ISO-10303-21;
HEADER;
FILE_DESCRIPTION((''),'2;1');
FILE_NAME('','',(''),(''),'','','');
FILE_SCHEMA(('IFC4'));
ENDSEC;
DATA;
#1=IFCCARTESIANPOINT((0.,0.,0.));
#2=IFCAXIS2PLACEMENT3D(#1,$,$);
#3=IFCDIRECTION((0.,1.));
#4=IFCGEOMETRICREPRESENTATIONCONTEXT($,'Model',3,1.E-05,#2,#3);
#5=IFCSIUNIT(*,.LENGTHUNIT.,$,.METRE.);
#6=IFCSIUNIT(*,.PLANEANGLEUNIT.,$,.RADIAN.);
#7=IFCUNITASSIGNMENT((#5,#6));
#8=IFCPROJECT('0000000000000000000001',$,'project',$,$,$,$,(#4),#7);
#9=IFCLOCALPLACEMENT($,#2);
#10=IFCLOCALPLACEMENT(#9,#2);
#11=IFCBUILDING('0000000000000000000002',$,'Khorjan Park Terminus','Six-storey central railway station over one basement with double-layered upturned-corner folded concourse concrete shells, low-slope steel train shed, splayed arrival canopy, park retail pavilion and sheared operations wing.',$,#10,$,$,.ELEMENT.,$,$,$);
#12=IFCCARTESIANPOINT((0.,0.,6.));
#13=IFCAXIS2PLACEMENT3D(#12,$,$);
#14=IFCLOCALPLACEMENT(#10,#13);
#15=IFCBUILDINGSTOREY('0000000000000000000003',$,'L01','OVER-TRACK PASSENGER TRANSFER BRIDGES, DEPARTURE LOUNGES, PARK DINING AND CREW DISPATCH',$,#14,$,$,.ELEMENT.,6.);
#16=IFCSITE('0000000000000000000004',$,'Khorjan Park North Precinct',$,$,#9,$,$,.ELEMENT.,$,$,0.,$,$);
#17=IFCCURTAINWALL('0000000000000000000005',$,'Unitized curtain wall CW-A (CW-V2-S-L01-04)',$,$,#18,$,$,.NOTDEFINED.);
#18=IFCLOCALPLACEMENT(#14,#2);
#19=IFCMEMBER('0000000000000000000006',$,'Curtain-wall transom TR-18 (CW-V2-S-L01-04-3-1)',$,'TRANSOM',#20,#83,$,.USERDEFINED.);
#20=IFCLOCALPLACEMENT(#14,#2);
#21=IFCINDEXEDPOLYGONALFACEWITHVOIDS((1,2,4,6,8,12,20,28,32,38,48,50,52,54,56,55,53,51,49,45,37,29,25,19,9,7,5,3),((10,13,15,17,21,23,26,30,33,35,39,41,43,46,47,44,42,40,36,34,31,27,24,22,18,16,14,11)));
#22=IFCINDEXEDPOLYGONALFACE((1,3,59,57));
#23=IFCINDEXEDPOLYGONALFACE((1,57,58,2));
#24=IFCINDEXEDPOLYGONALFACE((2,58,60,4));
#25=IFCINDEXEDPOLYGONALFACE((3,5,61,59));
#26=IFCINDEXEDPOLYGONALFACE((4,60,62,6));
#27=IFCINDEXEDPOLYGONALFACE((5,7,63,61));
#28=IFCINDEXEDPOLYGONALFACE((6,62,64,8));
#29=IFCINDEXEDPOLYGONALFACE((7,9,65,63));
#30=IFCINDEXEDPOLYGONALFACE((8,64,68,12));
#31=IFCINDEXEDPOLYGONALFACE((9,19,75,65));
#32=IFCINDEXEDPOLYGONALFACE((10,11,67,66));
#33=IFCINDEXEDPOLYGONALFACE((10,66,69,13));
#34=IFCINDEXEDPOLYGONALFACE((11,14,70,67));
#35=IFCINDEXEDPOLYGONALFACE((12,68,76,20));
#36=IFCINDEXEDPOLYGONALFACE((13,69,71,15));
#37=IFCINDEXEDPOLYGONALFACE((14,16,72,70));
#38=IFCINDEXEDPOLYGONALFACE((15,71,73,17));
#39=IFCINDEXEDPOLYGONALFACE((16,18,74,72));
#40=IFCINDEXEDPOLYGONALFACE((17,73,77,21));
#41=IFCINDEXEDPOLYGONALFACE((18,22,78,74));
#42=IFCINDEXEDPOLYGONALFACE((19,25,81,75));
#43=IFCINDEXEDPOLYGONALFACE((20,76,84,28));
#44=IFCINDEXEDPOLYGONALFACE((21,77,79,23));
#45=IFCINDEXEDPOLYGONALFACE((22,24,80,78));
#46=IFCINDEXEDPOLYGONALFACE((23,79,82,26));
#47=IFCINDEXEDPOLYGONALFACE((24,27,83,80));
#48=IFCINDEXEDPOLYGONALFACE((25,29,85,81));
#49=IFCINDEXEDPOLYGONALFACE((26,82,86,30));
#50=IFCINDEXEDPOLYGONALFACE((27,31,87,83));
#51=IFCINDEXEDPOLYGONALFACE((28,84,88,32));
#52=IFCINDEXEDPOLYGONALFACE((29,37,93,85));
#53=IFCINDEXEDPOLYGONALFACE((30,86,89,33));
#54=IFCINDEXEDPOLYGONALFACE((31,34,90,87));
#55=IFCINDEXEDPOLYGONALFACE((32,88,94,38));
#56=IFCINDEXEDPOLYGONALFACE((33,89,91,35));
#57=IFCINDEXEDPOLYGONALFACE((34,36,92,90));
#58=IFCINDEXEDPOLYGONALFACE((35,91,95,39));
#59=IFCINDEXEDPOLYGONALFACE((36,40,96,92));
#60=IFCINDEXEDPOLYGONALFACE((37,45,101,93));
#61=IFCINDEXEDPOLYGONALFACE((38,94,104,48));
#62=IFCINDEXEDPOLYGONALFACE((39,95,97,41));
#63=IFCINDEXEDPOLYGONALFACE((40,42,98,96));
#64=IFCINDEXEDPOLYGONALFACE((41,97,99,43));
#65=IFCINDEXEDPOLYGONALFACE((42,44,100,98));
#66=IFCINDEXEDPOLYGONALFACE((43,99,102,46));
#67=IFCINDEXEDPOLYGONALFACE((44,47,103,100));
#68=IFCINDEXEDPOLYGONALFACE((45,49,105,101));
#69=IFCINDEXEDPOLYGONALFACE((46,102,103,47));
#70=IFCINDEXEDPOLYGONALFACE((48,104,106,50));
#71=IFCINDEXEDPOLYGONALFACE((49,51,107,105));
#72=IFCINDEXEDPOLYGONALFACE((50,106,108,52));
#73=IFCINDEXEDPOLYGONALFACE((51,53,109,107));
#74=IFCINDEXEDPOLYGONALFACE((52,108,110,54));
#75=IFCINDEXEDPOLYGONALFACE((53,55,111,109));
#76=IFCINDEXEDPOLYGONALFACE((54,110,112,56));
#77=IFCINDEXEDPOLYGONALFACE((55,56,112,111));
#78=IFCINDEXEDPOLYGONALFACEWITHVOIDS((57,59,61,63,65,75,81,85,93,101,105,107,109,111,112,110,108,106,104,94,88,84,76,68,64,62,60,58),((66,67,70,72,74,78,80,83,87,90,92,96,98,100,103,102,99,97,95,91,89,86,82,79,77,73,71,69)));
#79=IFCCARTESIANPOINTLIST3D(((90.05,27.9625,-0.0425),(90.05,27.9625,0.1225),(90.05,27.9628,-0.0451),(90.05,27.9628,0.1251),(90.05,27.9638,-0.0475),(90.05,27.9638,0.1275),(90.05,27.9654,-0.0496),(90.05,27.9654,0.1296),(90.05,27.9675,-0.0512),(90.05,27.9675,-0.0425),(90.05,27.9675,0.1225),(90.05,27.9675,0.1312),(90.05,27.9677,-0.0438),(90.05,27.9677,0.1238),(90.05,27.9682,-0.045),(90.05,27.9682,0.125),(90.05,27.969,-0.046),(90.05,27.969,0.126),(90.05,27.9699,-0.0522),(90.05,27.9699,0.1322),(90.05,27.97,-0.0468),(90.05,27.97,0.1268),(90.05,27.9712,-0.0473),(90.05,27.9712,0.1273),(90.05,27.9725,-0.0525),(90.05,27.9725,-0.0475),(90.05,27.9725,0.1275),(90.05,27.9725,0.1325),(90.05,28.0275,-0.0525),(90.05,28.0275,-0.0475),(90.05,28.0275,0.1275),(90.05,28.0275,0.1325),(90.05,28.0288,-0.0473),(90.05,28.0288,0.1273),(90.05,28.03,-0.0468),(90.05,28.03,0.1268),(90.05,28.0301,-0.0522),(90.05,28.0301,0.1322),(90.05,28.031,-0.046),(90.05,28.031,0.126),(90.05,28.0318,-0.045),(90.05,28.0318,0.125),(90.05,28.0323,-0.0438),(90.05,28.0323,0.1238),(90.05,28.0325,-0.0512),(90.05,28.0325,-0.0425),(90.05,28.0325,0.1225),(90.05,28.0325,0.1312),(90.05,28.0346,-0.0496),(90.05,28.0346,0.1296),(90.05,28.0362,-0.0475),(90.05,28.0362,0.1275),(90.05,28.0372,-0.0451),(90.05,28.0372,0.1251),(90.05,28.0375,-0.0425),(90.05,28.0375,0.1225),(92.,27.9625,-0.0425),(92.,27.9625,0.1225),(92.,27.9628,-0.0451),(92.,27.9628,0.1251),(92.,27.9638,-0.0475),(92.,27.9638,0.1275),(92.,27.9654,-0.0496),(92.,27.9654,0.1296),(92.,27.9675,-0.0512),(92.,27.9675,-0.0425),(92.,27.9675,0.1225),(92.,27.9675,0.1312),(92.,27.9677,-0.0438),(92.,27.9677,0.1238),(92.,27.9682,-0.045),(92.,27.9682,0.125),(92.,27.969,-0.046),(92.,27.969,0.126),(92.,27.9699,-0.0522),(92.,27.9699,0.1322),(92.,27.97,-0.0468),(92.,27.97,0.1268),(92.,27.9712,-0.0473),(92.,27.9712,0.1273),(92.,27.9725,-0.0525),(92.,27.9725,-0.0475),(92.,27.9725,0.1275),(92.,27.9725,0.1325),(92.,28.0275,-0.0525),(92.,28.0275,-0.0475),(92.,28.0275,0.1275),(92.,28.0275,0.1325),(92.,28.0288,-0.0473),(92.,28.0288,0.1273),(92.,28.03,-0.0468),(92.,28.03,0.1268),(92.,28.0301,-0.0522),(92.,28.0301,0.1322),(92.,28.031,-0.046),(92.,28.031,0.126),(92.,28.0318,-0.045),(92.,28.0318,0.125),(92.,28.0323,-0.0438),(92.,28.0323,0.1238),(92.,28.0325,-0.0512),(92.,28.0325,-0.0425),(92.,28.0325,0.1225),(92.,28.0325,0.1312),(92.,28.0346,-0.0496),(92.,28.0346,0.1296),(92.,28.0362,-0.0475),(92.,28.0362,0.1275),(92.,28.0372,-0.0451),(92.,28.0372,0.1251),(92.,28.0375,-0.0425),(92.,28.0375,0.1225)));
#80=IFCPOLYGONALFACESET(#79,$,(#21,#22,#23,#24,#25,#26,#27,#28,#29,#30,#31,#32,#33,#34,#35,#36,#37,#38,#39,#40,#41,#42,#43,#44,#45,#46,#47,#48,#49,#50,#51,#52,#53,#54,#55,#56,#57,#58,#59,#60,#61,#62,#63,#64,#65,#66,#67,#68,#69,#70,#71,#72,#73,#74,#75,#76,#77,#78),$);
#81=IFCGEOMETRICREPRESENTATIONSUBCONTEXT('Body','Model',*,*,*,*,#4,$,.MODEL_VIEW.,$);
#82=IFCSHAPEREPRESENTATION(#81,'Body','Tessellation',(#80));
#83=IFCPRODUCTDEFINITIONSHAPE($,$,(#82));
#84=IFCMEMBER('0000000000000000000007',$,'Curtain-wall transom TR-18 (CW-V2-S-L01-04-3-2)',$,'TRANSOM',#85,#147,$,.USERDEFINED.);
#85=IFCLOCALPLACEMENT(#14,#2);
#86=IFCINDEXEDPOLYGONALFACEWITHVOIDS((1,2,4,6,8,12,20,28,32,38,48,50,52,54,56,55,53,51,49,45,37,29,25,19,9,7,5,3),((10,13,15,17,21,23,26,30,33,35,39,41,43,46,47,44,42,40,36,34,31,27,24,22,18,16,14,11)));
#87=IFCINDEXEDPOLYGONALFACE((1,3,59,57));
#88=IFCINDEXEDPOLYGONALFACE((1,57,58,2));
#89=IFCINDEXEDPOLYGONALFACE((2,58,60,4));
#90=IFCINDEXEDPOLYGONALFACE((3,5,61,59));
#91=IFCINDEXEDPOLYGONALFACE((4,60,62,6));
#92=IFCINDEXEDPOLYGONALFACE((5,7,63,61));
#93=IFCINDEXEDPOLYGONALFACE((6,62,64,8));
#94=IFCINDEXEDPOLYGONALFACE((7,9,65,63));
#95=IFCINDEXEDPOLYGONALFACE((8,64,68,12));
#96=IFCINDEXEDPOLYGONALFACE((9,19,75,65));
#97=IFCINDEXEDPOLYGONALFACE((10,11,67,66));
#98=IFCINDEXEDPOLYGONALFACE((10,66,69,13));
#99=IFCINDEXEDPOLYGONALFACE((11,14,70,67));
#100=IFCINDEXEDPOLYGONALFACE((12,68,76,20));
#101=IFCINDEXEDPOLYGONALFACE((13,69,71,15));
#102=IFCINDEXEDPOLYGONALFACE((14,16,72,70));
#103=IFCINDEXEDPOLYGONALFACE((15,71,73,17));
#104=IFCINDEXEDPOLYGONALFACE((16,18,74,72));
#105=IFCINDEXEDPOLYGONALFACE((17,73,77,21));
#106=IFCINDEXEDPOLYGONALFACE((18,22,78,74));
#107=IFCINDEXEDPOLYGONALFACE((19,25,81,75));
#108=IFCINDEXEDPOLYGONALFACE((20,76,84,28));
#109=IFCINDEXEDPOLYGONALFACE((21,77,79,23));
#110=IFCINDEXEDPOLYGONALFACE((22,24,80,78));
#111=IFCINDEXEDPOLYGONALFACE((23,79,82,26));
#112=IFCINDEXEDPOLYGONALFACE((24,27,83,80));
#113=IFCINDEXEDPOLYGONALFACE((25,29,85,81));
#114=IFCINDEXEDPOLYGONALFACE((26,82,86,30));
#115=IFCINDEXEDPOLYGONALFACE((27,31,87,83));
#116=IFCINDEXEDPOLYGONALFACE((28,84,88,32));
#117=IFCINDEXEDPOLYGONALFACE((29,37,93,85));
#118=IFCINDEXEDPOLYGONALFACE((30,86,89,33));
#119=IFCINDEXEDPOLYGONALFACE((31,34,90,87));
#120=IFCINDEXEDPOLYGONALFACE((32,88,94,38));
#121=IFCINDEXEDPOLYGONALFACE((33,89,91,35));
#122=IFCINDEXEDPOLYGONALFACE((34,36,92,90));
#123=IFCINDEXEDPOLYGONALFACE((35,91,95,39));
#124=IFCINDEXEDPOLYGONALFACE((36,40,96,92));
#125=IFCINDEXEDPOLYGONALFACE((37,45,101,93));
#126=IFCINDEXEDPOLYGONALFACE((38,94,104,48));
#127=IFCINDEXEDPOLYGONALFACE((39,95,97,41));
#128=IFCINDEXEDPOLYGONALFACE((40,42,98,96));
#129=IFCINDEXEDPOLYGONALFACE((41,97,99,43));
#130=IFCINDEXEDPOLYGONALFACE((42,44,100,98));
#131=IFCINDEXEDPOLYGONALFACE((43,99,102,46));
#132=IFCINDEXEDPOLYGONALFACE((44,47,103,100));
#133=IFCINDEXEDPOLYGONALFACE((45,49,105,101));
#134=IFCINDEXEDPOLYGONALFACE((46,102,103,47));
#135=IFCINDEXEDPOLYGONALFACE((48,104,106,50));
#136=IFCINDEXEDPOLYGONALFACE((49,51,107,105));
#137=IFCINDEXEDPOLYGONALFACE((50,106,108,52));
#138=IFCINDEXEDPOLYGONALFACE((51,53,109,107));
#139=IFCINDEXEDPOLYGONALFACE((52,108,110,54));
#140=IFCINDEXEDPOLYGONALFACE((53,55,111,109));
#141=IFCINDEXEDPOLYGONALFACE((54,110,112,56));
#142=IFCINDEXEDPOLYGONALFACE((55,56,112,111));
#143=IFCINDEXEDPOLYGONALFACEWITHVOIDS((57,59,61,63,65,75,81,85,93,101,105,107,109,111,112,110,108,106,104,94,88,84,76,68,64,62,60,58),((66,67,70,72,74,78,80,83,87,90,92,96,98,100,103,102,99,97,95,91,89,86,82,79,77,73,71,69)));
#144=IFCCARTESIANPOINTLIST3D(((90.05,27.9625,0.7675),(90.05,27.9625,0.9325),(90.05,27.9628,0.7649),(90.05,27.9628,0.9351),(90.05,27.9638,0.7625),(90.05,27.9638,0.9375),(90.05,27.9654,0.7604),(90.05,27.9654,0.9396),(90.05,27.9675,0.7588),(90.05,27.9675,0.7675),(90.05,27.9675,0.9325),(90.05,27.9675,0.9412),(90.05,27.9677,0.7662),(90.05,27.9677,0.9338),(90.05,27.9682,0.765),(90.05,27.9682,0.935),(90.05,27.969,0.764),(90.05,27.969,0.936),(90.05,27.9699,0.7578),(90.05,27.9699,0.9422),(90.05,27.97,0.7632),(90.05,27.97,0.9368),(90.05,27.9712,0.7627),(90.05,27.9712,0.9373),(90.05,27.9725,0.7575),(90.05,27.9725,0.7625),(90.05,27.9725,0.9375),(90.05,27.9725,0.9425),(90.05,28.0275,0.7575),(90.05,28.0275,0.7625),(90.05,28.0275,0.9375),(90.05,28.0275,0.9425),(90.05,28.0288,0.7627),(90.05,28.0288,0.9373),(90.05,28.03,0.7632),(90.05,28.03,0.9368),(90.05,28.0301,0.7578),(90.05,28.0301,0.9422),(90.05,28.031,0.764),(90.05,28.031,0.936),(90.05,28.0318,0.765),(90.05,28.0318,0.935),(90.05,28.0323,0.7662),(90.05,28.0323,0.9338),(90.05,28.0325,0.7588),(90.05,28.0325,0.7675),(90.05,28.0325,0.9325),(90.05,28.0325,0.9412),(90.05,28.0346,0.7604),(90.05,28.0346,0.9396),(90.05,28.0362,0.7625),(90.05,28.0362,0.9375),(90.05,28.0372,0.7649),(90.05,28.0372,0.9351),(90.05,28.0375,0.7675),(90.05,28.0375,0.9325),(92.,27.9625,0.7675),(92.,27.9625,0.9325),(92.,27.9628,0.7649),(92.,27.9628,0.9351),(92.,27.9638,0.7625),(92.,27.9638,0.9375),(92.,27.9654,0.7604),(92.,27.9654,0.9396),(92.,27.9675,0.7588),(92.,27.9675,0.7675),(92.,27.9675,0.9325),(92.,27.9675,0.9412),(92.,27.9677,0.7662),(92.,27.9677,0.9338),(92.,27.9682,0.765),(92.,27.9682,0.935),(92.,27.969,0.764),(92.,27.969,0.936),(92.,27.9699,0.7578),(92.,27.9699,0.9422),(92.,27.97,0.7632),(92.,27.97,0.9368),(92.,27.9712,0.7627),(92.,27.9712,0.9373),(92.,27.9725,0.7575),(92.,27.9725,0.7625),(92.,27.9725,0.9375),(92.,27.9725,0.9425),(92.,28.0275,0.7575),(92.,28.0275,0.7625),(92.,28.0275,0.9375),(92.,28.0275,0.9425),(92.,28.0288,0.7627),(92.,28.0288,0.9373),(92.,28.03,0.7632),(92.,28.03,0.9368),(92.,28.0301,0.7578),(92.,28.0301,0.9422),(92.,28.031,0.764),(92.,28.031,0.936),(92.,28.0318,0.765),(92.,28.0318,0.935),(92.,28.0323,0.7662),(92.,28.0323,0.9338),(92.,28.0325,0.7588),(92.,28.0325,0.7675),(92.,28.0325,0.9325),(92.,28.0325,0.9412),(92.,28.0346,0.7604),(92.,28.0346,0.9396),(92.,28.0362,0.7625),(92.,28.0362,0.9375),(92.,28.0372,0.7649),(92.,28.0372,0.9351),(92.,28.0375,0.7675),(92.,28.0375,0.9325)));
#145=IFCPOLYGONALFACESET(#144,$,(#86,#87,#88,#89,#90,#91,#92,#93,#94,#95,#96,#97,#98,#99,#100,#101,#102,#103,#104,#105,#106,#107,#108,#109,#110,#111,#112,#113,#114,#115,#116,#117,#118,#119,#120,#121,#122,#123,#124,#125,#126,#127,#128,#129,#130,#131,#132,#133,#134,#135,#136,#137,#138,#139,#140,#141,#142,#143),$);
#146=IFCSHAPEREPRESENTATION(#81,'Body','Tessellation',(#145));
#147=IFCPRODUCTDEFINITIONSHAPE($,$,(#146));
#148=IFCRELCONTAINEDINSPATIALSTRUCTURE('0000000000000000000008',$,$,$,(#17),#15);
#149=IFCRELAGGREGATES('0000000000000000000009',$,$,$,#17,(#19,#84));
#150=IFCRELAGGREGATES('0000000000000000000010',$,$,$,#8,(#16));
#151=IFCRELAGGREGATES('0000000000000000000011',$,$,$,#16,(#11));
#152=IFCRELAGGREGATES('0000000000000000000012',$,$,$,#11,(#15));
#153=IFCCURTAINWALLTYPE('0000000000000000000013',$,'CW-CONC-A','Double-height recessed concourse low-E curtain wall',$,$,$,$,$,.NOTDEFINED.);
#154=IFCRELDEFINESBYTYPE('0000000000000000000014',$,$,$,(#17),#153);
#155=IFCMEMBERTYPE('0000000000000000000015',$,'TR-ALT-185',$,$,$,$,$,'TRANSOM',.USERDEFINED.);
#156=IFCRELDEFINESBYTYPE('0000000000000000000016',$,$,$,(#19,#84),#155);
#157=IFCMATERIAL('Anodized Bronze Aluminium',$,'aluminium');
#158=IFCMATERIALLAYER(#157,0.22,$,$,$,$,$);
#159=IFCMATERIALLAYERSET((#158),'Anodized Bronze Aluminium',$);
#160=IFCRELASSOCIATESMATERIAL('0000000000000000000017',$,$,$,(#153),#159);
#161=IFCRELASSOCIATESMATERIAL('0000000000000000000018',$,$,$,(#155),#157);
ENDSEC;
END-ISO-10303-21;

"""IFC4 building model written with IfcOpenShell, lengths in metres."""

from ifc_helpers import new_model, si_unit, direction, frame, origin, origin_2d, place, context, subcontext, project, spatial, hollow_rectangle, extrude, material, layer, layer_set, material_profile, profile_set, type_object, element, aggregate, save


model = new_model("IFC4")

# Units and contexts
model_context = context("Model", 3, precision=1e-05, world=origin(), true_north=direction((0.0, 1.0)))
body_context = subcontext(model_context, "Body", "Model", "MODEL_VIEW")
ifc_project = project(units=[si_unit("LENGTHUNIT", "METRE"), si_unit("PLANEANGLEUNIT", "RADIAN")], contexts=[model_context])

# Site, building, storey
site_placement = place(None, origin())
site = spatial("IfcSite", under=ifc_project, at=site_placement, Name="Khorjan Park North Precinct", CompositionType="ELEMENT", RefElevation=0.0)
building_placement = place(site_placement, origin())
building = spatial("IfcBuilding", under=site, at=building_placement, Name="Khorjan Park Terminus", Description="Six-storey central railway station over one basement with double-layered upturned-corner folded concourse concrete shells, low-slope steel train shed, splayed arrival canopy, park retail pavilion and sheared operations wing.", CompositionType="ELEMENT")
storey_placement = place(building_placement, frame((0.0, 0.0, 6.0)))
storey = spatial("IfcBuildingStorey", under=building, at=storey_placement, Name="L01", Description="OVER-TRACK PASSENGER TRANSFER BRIDGES, DEPARTURE LOUNGES, PARK DINING AND CREW DISPATCH", CompositionType="ELEMENT", Elevation=6.0)

# Shared definitions
ifc_material_1 = material(Name="Anodized Bronze Aluminium", Category="aluminium")
ifc_layer_1 = layer(ifc_material_1, 0.22)
ifc_layer_set_1 = layer_set([ifc_layer_1], Name="Anodized Bronze Aluminium")
curtain_wall_type = type_object("IfcCurtainWallType", Name="CW-CONC-A", Description="Double-height recessed concourse low-E curtain wall", PredefinedType="NOTDEFINED", material=ifc_layer_set_1)

# Curtain wall
curtain_wall_1_placement = place(storey_placement, origin())
curtain_wall_1 = element("IfcCurtainWall", 1, at=curtain_wall_1_placement, inside=storey, type_object=curtain_wall_type, Name="Unitized curtain wall CW-A (CW-V2-S-L01-04)", PredefinedType="NOTDEFINED")

# Members
ifc_material_profile_1 = material_profile(ifc_material_1, hollow_rectangle(XDim=0.075, YDim=0.185, WallThickness=0.005, InnerFilletRadius=0.005, OuterFilletRadius=0.01, at=origin_2d()), Name="ALT 75x185x5")
ifc_profile_set_1 = profile_set([ifc_material_profile_1], Name="Anodized Bronze Aluminium")
member_type_1 = type_object("IfcMemberType", Name="TR-ALT-185", ElementType="TRANSOM", PredefinedType="USERDEFINED", material=ifc_profile_set_1)
member_1_placement = place(storey_placement, frame((90.05, 28.0, 0.04), z_axis=(1.0, 0.0, 0.0), x_axis=(0.0, 1.0, 0.0)))
member_1 = element("IfcMember", 2, at=member_1_placement, type_object=member_type_1, Name="Curtain-wall transom TR-18 (CW-V2-S-L01-04-3-1)", ObjectType="TRANSOM", PredefinedType="USERDEFINED", context=body_context, shape_type="SweptSolid", body=[
    extrude(hollow_rectangle(XDim=0.075, YDim=0.185, WallThickness=0.005, InnerFilletRadius=0.005, OuterFilletRadius=0.01, at=origin_2d()), origin(), (0.0, 0.0, 1.0), 1.95),
])
member_2_placement = place(storey_placement, frame((90.05, 28.0, 0.85), z_axis=(1.0, 0.0, 0.0), x_axis=(0.0, 1.0, 0.0)))
member_2 = element("IfcMember", 3, at=member_2_placement, type_object=member_type_1, Name="Curtain-wall transom TR-18 (CW-V2-S-L01-04-3-2)", ObjectType="TRANSOM", PredefinedType="USERDEFINED", context=body_context, shape_type="SweptSolid", body=[
    extrude(hollow_rectangle(XDim=0.075, YDim=0.185, WallThickness=0.005, InnerFilletRadius=0.005, OuterFilletRadius=0.01, at=origin_2d()), origin(), (0.0, 0.0, 1.0), 1.95),
])

aggregate(curtain_wall_1, [member_1, member_2])

save(model, "model.ifc")
